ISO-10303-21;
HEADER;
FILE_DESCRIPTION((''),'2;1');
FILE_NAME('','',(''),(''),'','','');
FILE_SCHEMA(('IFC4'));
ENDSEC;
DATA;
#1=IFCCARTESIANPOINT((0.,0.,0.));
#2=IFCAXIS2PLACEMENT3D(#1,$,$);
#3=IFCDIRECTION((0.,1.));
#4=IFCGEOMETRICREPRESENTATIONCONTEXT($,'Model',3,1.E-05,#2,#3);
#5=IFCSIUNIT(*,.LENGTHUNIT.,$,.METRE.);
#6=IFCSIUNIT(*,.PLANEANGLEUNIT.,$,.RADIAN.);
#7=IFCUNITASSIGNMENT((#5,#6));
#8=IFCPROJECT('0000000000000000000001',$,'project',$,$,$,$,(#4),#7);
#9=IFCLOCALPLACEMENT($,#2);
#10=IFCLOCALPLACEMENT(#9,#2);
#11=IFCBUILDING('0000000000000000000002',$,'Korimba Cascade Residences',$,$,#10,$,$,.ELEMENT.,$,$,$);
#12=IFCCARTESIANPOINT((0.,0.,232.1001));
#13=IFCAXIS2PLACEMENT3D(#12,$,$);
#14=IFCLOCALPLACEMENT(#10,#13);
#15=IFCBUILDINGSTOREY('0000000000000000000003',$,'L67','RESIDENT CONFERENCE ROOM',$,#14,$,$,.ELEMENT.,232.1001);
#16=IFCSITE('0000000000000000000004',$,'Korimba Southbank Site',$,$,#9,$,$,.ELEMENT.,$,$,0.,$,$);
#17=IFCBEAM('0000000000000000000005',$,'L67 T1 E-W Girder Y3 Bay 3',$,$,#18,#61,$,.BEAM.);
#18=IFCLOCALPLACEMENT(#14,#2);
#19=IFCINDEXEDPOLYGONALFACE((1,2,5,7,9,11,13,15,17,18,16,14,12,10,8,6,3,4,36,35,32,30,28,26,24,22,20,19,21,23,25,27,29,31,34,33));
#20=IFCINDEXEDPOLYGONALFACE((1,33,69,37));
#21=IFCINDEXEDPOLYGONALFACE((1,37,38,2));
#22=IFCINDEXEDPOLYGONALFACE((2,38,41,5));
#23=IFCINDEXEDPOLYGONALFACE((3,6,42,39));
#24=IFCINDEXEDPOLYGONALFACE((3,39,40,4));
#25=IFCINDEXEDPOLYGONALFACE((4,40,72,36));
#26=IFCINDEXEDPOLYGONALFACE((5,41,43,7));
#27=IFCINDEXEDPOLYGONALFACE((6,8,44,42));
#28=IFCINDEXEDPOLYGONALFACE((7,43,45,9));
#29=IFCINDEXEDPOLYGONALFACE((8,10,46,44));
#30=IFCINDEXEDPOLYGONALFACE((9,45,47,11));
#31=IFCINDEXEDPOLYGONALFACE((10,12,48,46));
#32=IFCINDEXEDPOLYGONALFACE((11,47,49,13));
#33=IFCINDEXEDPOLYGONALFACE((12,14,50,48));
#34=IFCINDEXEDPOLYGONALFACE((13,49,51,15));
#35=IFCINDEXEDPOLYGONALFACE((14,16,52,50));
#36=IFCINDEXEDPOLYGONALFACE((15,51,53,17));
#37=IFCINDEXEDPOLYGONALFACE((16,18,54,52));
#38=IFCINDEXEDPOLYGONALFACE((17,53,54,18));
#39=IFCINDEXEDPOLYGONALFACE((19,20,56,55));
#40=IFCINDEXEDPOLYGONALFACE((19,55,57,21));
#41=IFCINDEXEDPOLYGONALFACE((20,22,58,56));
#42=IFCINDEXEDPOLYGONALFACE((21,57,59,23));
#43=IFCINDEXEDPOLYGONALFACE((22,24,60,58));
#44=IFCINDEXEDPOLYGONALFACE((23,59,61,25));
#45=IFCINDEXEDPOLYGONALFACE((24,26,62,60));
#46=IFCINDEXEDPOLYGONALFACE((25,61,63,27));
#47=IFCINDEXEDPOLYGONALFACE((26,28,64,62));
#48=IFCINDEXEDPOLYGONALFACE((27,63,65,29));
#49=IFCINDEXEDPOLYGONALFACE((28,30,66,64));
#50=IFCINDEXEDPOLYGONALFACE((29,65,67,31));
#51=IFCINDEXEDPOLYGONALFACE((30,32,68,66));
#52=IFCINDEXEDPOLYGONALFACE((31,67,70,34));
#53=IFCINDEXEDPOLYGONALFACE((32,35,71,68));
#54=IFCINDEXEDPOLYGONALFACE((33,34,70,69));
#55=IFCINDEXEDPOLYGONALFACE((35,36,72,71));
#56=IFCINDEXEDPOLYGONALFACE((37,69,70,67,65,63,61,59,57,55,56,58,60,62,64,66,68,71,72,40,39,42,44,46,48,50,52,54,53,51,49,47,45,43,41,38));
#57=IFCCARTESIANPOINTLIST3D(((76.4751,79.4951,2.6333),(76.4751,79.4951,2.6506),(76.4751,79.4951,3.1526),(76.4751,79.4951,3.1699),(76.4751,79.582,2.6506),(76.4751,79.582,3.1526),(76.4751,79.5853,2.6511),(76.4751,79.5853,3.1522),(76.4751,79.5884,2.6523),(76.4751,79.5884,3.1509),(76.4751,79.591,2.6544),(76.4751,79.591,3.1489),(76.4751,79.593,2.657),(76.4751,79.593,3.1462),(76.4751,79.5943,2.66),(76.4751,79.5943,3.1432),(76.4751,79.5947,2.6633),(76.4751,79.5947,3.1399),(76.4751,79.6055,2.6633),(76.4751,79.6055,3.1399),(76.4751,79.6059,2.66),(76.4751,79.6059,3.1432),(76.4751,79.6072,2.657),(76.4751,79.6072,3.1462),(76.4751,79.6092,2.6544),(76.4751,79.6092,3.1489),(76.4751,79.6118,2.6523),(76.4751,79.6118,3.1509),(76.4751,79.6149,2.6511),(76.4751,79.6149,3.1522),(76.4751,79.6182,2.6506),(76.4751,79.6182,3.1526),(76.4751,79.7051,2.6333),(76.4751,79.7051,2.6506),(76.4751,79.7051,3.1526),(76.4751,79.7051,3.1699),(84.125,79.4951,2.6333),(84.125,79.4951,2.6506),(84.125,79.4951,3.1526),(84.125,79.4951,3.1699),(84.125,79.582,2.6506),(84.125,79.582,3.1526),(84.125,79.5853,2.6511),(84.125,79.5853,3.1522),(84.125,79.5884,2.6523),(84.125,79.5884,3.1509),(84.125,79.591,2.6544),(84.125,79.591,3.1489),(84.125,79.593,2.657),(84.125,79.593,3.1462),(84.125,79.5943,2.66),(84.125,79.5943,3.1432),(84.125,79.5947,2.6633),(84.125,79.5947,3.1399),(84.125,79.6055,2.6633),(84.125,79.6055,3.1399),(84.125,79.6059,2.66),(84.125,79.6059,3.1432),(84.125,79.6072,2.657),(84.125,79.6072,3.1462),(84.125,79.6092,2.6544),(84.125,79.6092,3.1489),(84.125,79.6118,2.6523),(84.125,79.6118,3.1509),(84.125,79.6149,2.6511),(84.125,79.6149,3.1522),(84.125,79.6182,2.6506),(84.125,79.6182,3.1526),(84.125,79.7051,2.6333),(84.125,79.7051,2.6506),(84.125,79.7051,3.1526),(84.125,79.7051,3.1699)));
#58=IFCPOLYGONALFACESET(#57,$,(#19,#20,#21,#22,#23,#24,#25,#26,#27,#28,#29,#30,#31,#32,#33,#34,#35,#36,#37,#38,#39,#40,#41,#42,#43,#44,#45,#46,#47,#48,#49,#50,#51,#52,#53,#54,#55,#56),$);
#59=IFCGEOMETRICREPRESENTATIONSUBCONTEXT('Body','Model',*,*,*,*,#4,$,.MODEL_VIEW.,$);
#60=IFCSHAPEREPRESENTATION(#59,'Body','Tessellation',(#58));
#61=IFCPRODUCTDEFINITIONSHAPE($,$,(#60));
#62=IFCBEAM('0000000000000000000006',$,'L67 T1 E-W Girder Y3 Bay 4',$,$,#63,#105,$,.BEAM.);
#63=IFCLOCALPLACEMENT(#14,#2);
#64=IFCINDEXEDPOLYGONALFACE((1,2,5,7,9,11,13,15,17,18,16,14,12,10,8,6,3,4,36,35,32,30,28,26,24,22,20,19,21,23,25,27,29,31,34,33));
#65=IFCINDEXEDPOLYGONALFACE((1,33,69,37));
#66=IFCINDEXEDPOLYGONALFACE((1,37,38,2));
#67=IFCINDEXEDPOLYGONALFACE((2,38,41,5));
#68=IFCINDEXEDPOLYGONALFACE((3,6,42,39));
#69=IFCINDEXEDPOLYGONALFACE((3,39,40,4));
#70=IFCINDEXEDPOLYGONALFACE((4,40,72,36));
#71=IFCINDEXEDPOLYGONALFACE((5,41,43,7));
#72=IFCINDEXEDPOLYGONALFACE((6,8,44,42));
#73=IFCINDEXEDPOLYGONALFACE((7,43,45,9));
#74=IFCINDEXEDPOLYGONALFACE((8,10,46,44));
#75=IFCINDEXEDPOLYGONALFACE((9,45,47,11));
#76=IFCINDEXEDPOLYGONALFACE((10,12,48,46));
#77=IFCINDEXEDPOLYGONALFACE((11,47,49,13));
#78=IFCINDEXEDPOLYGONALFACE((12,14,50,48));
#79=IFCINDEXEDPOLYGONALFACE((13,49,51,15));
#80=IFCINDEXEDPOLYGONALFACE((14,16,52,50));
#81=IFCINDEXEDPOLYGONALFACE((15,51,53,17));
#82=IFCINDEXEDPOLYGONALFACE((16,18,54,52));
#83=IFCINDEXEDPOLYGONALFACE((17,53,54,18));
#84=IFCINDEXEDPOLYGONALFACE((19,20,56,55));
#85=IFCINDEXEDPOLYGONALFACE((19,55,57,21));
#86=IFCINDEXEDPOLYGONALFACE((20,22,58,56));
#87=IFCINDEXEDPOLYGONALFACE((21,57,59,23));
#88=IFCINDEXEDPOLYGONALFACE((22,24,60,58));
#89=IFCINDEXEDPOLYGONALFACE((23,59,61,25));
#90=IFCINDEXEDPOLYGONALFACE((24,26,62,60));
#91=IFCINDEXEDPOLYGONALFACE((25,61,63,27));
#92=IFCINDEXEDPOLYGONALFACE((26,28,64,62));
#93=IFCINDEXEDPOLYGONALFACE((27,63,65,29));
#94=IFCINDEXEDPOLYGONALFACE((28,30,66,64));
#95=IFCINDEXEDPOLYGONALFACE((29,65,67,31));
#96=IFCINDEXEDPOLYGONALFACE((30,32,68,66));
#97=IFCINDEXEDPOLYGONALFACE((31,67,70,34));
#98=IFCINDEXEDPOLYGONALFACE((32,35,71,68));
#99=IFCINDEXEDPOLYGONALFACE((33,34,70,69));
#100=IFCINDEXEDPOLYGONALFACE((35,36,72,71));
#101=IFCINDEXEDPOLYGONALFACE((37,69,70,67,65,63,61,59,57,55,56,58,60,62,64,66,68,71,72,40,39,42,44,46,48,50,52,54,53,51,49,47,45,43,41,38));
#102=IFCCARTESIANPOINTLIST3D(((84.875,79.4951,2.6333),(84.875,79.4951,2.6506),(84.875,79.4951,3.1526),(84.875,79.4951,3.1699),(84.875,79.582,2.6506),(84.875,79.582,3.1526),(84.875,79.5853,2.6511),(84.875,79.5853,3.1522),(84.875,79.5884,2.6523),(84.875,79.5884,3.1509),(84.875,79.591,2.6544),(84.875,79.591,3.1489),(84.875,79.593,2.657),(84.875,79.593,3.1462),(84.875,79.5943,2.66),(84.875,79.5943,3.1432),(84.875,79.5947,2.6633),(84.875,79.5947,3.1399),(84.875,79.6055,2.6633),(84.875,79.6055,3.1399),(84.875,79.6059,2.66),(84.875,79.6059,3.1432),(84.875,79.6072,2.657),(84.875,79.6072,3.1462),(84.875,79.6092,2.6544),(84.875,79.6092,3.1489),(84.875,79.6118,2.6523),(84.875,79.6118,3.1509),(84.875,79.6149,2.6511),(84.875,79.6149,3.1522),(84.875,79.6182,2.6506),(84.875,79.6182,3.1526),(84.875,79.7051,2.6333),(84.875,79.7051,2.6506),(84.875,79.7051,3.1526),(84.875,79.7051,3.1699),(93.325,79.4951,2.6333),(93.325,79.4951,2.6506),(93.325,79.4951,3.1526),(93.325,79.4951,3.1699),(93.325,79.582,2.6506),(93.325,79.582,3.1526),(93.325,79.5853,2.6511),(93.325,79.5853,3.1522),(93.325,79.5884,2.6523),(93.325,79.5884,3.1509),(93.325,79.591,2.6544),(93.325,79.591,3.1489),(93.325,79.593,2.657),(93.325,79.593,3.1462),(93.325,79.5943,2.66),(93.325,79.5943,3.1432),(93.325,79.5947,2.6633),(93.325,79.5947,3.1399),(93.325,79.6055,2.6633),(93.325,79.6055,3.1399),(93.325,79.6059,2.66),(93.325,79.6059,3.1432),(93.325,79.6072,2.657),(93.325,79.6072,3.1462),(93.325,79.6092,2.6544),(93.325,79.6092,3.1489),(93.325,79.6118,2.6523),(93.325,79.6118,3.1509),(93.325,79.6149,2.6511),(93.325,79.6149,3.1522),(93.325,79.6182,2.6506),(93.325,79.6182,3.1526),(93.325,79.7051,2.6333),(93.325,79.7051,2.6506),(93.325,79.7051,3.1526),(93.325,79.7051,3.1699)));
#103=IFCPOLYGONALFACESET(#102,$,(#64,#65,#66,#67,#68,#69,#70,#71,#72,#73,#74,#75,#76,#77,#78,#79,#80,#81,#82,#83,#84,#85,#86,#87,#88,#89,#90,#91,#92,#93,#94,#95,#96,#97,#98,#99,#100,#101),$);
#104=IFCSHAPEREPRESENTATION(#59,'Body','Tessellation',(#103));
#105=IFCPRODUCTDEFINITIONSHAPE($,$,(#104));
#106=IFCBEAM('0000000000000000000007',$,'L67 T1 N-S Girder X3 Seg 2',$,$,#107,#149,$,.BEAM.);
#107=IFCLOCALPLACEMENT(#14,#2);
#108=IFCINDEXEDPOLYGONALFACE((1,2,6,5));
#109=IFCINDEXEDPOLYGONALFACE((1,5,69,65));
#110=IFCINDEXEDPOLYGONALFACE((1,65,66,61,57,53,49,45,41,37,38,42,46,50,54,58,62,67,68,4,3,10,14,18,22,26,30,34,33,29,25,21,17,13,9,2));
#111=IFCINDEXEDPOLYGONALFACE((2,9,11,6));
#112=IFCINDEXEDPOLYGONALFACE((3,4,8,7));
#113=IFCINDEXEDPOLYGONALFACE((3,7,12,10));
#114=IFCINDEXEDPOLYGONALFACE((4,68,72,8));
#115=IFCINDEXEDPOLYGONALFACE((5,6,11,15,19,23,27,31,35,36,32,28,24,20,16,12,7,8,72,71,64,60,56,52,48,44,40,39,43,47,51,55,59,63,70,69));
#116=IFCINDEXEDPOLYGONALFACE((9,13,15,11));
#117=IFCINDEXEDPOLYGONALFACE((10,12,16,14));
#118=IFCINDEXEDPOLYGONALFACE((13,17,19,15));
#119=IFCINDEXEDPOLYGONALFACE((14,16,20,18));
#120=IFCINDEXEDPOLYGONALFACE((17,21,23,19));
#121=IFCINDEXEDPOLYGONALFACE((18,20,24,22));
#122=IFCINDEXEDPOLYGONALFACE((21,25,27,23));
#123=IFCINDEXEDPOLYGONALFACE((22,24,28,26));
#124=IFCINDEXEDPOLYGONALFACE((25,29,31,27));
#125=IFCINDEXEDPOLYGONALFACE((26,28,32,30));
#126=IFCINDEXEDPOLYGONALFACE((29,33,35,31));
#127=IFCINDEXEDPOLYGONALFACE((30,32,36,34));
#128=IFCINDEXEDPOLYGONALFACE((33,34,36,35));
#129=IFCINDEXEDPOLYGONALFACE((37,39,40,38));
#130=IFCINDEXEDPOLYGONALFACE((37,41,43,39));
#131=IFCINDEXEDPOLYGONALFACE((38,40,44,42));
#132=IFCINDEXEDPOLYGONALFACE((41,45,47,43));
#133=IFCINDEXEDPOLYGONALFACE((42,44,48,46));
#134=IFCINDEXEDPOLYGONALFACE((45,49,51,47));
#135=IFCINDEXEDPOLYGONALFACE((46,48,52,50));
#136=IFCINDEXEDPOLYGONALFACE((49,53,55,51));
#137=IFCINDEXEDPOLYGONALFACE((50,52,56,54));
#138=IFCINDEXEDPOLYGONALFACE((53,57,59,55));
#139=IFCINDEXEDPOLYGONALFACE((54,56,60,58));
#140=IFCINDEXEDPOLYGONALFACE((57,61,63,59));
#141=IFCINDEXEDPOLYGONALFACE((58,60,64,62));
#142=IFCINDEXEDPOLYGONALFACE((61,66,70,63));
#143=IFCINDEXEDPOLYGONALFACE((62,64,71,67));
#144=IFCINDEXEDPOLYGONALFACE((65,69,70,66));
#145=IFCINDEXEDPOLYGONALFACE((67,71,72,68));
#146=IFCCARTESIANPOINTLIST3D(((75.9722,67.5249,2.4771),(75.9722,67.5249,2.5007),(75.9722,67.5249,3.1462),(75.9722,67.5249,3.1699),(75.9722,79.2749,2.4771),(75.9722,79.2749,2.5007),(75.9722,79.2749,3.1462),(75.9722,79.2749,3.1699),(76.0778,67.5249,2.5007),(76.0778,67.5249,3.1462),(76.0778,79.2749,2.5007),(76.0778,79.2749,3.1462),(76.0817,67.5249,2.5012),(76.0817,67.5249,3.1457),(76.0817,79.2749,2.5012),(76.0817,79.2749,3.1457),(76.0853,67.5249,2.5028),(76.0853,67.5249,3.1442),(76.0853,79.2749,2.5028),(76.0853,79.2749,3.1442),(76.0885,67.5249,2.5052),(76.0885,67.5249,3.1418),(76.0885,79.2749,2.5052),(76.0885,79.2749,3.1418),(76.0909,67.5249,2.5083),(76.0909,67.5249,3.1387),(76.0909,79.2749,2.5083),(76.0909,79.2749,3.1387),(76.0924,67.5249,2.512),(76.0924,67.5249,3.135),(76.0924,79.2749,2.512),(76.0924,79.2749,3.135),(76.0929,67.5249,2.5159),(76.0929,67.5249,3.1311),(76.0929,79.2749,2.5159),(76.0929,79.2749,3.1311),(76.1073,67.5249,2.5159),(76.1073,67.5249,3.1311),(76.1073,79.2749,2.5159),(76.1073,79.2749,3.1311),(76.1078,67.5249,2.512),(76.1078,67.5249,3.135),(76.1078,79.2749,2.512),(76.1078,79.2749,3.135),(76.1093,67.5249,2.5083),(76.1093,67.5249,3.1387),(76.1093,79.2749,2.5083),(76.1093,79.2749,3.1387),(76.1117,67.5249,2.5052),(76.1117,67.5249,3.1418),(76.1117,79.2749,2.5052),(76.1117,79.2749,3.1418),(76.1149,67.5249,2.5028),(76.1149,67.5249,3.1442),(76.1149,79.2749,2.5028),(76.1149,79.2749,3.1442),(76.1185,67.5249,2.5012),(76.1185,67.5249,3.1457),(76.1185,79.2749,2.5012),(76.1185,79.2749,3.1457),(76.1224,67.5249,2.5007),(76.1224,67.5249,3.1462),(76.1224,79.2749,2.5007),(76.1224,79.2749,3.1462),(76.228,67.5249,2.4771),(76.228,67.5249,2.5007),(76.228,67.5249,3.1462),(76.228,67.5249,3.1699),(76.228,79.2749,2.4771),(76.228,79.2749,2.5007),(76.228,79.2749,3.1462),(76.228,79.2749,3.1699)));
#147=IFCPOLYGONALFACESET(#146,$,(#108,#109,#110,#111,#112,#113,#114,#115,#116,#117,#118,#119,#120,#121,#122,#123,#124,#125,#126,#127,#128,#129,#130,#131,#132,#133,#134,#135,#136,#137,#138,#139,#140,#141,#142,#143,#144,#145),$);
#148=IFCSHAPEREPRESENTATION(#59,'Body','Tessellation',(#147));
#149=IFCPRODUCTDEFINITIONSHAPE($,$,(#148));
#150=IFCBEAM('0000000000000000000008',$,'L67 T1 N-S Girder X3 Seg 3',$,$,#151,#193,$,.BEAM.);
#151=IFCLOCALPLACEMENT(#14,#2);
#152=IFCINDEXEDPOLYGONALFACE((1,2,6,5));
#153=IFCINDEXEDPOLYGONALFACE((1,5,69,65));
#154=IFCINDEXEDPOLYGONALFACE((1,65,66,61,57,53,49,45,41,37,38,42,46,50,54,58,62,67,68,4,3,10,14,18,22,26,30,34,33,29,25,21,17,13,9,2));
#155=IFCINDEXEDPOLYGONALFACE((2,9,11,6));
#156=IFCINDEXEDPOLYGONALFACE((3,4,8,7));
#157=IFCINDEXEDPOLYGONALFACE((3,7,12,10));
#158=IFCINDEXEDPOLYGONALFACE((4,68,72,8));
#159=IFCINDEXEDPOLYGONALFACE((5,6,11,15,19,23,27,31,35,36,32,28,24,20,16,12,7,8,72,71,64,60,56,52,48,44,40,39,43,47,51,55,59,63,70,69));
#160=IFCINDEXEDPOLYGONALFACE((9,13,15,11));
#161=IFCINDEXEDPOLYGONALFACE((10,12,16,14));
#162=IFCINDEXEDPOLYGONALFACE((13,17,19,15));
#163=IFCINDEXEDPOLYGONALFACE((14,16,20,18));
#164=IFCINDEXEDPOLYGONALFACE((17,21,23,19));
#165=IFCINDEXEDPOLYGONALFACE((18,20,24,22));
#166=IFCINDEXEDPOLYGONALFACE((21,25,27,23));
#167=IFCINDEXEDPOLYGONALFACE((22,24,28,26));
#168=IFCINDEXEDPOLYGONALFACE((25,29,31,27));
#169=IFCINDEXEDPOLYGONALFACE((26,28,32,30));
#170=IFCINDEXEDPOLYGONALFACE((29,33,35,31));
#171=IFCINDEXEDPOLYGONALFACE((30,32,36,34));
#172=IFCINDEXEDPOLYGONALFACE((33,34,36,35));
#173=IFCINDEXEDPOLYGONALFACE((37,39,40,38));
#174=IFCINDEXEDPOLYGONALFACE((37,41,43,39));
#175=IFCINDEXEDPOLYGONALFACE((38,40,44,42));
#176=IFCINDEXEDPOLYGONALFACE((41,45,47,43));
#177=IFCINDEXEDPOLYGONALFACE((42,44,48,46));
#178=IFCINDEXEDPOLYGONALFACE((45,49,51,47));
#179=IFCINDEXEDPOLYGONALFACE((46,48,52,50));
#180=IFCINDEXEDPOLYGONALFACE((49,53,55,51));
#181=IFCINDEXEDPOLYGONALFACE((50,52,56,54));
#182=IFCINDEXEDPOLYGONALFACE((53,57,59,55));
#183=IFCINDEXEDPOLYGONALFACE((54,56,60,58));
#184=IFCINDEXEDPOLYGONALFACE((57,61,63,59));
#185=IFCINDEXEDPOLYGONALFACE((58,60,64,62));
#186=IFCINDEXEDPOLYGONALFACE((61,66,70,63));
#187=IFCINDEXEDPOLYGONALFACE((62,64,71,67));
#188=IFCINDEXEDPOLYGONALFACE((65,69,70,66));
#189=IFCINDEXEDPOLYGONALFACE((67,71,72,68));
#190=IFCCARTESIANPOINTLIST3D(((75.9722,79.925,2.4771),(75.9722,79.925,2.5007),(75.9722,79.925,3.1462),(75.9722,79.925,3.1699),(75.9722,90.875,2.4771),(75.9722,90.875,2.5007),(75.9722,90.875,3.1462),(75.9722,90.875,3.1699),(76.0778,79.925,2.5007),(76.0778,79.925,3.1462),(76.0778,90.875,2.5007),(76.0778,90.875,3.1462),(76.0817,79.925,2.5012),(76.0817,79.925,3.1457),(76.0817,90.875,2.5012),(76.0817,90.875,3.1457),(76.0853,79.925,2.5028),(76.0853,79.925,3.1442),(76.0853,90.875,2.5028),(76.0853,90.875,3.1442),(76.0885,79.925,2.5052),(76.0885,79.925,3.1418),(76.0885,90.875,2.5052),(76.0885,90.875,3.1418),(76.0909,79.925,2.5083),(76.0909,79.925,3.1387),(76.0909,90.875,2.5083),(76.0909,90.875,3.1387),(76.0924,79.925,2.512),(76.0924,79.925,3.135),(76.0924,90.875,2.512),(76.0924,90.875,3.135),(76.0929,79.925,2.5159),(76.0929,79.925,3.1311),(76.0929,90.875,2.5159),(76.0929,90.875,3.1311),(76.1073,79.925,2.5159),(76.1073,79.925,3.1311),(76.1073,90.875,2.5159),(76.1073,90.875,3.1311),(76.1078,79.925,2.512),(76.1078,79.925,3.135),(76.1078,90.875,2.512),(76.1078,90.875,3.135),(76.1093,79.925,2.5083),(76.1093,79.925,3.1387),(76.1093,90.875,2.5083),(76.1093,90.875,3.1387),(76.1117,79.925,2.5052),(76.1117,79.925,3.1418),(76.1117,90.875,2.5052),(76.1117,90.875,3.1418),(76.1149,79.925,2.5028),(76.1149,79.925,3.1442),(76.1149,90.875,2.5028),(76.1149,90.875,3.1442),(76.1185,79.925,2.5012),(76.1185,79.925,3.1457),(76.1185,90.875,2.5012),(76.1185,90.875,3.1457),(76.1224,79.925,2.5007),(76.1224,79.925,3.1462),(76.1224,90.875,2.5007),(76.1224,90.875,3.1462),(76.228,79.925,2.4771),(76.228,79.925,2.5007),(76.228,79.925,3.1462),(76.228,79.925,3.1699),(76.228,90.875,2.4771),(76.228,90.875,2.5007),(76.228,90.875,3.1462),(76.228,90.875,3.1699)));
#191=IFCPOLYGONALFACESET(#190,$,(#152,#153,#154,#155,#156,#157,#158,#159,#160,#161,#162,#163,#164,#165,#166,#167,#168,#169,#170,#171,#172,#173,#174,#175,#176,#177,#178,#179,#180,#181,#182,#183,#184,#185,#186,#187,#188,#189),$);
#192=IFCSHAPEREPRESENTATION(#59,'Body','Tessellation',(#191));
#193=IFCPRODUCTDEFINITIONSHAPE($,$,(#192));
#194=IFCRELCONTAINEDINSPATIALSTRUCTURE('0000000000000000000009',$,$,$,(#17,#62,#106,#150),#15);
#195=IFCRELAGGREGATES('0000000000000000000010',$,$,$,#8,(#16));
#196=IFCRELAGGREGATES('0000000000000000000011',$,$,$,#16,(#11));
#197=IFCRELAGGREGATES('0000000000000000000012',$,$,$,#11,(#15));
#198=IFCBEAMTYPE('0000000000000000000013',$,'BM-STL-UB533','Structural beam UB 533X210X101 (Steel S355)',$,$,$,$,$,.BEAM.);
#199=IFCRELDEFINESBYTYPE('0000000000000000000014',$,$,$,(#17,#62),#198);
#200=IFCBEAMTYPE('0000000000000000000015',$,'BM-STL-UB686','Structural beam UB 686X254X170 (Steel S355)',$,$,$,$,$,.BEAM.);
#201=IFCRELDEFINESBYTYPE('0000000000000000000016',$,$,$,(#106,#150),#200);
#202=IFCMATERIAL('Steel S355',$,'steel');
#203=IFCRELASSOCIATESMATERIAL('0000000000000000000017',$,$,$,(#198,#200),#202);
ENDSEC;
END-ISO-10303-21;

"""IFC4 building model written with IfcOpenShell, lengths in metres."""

from ifc_helpers import new_model, si_unit, direction, frame, origin, origin_2d, place, context, subcontext, project, spatial, i_section, extrude, material, material_profile, profile_set, type_object, element, save


model = new_model("IFC4")

# Units and contexts
model_context = context("Model", 3, precision=1e-05, world=origin(), true_north=direction((0.0, 1.0)))
body_context = subcontext(model_context, "Body", "Model", "MODEL_VIEW")
ifc_project = project(units=[si_unit("LENGTHUNIT", "METRE"), si_unit("PLANEANGLEUNIT", "RADIAN")], contexts=[model_context])

# Site, building, storey
site_placement = place(None, origin())
site = spatial("IfcSite", under=ifc_project, at=site_placement, Name="Korimba Southbank Site", CompositionType="ELEMENT", RefElevation=0.0)
building_placement = place(site_placement, origin())
building = spatial("IfcBuilding", under=site, at=building_placement, Name="Korimba Cascade Residences", CompositionType="ELEMENT")
storey_placement = place(building_placement, frame((0.0, 0.0, 232.1001)))
storey = spatial("IfcBuildingStorey", under=building, at=storey_placement, Name="L67", Description="RESIDENT CONFERENCE ROOM", CompositionType="ELEMENT", Elevation=232.1001)

# Beams
ifc_material_1 = material(Name="Steel S355", Category="steel")
ifc_material_profile_1 = material_profile(ifc_material_1, i_section(OverallWidth=0.21, OverallDepth=0.5366, WebThickness=0.0107, FlangeThickness=0.0173, FilletRadius=0.0127, at=origin_2d()), Name="Steel S355")
ifc_profile_set_1 = profile_set([ifc_material_profile_1], Name="Steel S355")
beam_type_1 = type_object("IfcBeamType", Name="BM-STL-UB533", Description="Structural beam UB 533X210X101 (Steel S355)", PredefinedType="BEAM", material=ifc_profile_set_1)
beam_1_placement = place(storey_placement, frame((76.4751, 79.6001, 2.9016), z_axis=(1.0, 0.0, 0.0), x_axis=(0.0, 1.0, 0.0)))
element("IfcBeam", 1, at=beam_1_placement, inside=storey, type_object=beam_type_1, Name="L67 T1 E-W Girder Y3 Bay 3", PredefinedType="BEAM", context=body_context, shape_type="SweptSolid", body=[
    extrude(i_section(OverallWidth=0.21, OverallDepth=0.5366, WebThickness=0.0107, FlangeThickness=0.0173, FilletRadius=0.0127, at=origin_2d()), origin(), (0.0, 0.0, 1.0), 7.6499),
])
beam_2_placement = place(storey_placement, frame((84.875, 79.6001, 2.9016), z_axis=(1.0, 0.0, 0.0), x_axis=(0.0, 1.0, 0.0)))
element("IfcBeam", 2, at=beam_2_placement, inside=storey, type_object=beam_type_1, Name="L67 T1 E-W Girder Y3 Bay 4", PredefinedType="BEAM", context=body_context, shape_type="SweptSolid", body=[
    extrude(i_section(OverallWidth=0.21, OverallDepth=0.5366, WebThickness=0.0107, FlangeThickness=0.0173, FilletRadius=0.0127, at=origin_2d()), origin(), (0.0, 0.0, 1.0), 8.45),
])
ifc_material_profile_2 = material_profile(ifc_material_1, i_section(OverallWidth=0.2559, OverallDepth=0.6929, WebThickness=0.0144, FlangeThickness=0.0237, FilletRadius=0.0151, at=origin_2d()), Name="Steel S355")
ifc_profile_set_2 = profile_set([ifc_material_profile_2], Name="Steel S355")
beam_type_2 = type_object("IfcBeamType", Name="BM-STL-UB686", Description="Structural beam UB 686X254X170 (Steel S355)", PredefinedType="BEAM", material=ifc_profile_set_2)
beam_3_placement = place(storey_placement, frame((76.1001, 67.5249, 2.8235), z_axis=(0.0, 1.0, 0.0), x_axis=(-1.0, 0.0, 0.0)))
element("IfcBeam", 3, at=beam_3_placement, inside=storey, type_object=beam_type_2, Name="L67 T1 N-S Girder X3 Seg 2", PredefinedType="BEAM", context=body_context, shape_type="SweptSolid", body=[
    extrude(i_section(OverallWidth=0.2559, OverallDepth=0.6929, WebThickness=0.0144, FlangeThickness=0.0237, FilletRadius=0.0151, at=origin_2d()), origin(), (0.0, 0.0, 1.0), 11.75),
])
beam_4_placement = place(storey_placement, frame((76.1001, 79.925, 2.8235), z_axis=(0.0, 1.0, 0.0), x_axis=(-1.0, 0.0, 0.0)))
element("IfcBeam", 4, at=beam_4_placement, inside=storey, type_object=beam_type_2, Name="L67 T1 N-S Girder X3 Seg 3", PredefinedType="BEAM", context=body_context, shape_type="SweptSolid", body=[
    extrude(i_section(OverallWidth=0.2559, OverallDepth=0.6929, WebThickness=0.0144, FlangeThickness=0.0237, FilletRadius=0.0151, at=origin_2d()), origin(), (0.0, 0.0, 1.0), 10.95),
])

save(model, "model.ifc")
